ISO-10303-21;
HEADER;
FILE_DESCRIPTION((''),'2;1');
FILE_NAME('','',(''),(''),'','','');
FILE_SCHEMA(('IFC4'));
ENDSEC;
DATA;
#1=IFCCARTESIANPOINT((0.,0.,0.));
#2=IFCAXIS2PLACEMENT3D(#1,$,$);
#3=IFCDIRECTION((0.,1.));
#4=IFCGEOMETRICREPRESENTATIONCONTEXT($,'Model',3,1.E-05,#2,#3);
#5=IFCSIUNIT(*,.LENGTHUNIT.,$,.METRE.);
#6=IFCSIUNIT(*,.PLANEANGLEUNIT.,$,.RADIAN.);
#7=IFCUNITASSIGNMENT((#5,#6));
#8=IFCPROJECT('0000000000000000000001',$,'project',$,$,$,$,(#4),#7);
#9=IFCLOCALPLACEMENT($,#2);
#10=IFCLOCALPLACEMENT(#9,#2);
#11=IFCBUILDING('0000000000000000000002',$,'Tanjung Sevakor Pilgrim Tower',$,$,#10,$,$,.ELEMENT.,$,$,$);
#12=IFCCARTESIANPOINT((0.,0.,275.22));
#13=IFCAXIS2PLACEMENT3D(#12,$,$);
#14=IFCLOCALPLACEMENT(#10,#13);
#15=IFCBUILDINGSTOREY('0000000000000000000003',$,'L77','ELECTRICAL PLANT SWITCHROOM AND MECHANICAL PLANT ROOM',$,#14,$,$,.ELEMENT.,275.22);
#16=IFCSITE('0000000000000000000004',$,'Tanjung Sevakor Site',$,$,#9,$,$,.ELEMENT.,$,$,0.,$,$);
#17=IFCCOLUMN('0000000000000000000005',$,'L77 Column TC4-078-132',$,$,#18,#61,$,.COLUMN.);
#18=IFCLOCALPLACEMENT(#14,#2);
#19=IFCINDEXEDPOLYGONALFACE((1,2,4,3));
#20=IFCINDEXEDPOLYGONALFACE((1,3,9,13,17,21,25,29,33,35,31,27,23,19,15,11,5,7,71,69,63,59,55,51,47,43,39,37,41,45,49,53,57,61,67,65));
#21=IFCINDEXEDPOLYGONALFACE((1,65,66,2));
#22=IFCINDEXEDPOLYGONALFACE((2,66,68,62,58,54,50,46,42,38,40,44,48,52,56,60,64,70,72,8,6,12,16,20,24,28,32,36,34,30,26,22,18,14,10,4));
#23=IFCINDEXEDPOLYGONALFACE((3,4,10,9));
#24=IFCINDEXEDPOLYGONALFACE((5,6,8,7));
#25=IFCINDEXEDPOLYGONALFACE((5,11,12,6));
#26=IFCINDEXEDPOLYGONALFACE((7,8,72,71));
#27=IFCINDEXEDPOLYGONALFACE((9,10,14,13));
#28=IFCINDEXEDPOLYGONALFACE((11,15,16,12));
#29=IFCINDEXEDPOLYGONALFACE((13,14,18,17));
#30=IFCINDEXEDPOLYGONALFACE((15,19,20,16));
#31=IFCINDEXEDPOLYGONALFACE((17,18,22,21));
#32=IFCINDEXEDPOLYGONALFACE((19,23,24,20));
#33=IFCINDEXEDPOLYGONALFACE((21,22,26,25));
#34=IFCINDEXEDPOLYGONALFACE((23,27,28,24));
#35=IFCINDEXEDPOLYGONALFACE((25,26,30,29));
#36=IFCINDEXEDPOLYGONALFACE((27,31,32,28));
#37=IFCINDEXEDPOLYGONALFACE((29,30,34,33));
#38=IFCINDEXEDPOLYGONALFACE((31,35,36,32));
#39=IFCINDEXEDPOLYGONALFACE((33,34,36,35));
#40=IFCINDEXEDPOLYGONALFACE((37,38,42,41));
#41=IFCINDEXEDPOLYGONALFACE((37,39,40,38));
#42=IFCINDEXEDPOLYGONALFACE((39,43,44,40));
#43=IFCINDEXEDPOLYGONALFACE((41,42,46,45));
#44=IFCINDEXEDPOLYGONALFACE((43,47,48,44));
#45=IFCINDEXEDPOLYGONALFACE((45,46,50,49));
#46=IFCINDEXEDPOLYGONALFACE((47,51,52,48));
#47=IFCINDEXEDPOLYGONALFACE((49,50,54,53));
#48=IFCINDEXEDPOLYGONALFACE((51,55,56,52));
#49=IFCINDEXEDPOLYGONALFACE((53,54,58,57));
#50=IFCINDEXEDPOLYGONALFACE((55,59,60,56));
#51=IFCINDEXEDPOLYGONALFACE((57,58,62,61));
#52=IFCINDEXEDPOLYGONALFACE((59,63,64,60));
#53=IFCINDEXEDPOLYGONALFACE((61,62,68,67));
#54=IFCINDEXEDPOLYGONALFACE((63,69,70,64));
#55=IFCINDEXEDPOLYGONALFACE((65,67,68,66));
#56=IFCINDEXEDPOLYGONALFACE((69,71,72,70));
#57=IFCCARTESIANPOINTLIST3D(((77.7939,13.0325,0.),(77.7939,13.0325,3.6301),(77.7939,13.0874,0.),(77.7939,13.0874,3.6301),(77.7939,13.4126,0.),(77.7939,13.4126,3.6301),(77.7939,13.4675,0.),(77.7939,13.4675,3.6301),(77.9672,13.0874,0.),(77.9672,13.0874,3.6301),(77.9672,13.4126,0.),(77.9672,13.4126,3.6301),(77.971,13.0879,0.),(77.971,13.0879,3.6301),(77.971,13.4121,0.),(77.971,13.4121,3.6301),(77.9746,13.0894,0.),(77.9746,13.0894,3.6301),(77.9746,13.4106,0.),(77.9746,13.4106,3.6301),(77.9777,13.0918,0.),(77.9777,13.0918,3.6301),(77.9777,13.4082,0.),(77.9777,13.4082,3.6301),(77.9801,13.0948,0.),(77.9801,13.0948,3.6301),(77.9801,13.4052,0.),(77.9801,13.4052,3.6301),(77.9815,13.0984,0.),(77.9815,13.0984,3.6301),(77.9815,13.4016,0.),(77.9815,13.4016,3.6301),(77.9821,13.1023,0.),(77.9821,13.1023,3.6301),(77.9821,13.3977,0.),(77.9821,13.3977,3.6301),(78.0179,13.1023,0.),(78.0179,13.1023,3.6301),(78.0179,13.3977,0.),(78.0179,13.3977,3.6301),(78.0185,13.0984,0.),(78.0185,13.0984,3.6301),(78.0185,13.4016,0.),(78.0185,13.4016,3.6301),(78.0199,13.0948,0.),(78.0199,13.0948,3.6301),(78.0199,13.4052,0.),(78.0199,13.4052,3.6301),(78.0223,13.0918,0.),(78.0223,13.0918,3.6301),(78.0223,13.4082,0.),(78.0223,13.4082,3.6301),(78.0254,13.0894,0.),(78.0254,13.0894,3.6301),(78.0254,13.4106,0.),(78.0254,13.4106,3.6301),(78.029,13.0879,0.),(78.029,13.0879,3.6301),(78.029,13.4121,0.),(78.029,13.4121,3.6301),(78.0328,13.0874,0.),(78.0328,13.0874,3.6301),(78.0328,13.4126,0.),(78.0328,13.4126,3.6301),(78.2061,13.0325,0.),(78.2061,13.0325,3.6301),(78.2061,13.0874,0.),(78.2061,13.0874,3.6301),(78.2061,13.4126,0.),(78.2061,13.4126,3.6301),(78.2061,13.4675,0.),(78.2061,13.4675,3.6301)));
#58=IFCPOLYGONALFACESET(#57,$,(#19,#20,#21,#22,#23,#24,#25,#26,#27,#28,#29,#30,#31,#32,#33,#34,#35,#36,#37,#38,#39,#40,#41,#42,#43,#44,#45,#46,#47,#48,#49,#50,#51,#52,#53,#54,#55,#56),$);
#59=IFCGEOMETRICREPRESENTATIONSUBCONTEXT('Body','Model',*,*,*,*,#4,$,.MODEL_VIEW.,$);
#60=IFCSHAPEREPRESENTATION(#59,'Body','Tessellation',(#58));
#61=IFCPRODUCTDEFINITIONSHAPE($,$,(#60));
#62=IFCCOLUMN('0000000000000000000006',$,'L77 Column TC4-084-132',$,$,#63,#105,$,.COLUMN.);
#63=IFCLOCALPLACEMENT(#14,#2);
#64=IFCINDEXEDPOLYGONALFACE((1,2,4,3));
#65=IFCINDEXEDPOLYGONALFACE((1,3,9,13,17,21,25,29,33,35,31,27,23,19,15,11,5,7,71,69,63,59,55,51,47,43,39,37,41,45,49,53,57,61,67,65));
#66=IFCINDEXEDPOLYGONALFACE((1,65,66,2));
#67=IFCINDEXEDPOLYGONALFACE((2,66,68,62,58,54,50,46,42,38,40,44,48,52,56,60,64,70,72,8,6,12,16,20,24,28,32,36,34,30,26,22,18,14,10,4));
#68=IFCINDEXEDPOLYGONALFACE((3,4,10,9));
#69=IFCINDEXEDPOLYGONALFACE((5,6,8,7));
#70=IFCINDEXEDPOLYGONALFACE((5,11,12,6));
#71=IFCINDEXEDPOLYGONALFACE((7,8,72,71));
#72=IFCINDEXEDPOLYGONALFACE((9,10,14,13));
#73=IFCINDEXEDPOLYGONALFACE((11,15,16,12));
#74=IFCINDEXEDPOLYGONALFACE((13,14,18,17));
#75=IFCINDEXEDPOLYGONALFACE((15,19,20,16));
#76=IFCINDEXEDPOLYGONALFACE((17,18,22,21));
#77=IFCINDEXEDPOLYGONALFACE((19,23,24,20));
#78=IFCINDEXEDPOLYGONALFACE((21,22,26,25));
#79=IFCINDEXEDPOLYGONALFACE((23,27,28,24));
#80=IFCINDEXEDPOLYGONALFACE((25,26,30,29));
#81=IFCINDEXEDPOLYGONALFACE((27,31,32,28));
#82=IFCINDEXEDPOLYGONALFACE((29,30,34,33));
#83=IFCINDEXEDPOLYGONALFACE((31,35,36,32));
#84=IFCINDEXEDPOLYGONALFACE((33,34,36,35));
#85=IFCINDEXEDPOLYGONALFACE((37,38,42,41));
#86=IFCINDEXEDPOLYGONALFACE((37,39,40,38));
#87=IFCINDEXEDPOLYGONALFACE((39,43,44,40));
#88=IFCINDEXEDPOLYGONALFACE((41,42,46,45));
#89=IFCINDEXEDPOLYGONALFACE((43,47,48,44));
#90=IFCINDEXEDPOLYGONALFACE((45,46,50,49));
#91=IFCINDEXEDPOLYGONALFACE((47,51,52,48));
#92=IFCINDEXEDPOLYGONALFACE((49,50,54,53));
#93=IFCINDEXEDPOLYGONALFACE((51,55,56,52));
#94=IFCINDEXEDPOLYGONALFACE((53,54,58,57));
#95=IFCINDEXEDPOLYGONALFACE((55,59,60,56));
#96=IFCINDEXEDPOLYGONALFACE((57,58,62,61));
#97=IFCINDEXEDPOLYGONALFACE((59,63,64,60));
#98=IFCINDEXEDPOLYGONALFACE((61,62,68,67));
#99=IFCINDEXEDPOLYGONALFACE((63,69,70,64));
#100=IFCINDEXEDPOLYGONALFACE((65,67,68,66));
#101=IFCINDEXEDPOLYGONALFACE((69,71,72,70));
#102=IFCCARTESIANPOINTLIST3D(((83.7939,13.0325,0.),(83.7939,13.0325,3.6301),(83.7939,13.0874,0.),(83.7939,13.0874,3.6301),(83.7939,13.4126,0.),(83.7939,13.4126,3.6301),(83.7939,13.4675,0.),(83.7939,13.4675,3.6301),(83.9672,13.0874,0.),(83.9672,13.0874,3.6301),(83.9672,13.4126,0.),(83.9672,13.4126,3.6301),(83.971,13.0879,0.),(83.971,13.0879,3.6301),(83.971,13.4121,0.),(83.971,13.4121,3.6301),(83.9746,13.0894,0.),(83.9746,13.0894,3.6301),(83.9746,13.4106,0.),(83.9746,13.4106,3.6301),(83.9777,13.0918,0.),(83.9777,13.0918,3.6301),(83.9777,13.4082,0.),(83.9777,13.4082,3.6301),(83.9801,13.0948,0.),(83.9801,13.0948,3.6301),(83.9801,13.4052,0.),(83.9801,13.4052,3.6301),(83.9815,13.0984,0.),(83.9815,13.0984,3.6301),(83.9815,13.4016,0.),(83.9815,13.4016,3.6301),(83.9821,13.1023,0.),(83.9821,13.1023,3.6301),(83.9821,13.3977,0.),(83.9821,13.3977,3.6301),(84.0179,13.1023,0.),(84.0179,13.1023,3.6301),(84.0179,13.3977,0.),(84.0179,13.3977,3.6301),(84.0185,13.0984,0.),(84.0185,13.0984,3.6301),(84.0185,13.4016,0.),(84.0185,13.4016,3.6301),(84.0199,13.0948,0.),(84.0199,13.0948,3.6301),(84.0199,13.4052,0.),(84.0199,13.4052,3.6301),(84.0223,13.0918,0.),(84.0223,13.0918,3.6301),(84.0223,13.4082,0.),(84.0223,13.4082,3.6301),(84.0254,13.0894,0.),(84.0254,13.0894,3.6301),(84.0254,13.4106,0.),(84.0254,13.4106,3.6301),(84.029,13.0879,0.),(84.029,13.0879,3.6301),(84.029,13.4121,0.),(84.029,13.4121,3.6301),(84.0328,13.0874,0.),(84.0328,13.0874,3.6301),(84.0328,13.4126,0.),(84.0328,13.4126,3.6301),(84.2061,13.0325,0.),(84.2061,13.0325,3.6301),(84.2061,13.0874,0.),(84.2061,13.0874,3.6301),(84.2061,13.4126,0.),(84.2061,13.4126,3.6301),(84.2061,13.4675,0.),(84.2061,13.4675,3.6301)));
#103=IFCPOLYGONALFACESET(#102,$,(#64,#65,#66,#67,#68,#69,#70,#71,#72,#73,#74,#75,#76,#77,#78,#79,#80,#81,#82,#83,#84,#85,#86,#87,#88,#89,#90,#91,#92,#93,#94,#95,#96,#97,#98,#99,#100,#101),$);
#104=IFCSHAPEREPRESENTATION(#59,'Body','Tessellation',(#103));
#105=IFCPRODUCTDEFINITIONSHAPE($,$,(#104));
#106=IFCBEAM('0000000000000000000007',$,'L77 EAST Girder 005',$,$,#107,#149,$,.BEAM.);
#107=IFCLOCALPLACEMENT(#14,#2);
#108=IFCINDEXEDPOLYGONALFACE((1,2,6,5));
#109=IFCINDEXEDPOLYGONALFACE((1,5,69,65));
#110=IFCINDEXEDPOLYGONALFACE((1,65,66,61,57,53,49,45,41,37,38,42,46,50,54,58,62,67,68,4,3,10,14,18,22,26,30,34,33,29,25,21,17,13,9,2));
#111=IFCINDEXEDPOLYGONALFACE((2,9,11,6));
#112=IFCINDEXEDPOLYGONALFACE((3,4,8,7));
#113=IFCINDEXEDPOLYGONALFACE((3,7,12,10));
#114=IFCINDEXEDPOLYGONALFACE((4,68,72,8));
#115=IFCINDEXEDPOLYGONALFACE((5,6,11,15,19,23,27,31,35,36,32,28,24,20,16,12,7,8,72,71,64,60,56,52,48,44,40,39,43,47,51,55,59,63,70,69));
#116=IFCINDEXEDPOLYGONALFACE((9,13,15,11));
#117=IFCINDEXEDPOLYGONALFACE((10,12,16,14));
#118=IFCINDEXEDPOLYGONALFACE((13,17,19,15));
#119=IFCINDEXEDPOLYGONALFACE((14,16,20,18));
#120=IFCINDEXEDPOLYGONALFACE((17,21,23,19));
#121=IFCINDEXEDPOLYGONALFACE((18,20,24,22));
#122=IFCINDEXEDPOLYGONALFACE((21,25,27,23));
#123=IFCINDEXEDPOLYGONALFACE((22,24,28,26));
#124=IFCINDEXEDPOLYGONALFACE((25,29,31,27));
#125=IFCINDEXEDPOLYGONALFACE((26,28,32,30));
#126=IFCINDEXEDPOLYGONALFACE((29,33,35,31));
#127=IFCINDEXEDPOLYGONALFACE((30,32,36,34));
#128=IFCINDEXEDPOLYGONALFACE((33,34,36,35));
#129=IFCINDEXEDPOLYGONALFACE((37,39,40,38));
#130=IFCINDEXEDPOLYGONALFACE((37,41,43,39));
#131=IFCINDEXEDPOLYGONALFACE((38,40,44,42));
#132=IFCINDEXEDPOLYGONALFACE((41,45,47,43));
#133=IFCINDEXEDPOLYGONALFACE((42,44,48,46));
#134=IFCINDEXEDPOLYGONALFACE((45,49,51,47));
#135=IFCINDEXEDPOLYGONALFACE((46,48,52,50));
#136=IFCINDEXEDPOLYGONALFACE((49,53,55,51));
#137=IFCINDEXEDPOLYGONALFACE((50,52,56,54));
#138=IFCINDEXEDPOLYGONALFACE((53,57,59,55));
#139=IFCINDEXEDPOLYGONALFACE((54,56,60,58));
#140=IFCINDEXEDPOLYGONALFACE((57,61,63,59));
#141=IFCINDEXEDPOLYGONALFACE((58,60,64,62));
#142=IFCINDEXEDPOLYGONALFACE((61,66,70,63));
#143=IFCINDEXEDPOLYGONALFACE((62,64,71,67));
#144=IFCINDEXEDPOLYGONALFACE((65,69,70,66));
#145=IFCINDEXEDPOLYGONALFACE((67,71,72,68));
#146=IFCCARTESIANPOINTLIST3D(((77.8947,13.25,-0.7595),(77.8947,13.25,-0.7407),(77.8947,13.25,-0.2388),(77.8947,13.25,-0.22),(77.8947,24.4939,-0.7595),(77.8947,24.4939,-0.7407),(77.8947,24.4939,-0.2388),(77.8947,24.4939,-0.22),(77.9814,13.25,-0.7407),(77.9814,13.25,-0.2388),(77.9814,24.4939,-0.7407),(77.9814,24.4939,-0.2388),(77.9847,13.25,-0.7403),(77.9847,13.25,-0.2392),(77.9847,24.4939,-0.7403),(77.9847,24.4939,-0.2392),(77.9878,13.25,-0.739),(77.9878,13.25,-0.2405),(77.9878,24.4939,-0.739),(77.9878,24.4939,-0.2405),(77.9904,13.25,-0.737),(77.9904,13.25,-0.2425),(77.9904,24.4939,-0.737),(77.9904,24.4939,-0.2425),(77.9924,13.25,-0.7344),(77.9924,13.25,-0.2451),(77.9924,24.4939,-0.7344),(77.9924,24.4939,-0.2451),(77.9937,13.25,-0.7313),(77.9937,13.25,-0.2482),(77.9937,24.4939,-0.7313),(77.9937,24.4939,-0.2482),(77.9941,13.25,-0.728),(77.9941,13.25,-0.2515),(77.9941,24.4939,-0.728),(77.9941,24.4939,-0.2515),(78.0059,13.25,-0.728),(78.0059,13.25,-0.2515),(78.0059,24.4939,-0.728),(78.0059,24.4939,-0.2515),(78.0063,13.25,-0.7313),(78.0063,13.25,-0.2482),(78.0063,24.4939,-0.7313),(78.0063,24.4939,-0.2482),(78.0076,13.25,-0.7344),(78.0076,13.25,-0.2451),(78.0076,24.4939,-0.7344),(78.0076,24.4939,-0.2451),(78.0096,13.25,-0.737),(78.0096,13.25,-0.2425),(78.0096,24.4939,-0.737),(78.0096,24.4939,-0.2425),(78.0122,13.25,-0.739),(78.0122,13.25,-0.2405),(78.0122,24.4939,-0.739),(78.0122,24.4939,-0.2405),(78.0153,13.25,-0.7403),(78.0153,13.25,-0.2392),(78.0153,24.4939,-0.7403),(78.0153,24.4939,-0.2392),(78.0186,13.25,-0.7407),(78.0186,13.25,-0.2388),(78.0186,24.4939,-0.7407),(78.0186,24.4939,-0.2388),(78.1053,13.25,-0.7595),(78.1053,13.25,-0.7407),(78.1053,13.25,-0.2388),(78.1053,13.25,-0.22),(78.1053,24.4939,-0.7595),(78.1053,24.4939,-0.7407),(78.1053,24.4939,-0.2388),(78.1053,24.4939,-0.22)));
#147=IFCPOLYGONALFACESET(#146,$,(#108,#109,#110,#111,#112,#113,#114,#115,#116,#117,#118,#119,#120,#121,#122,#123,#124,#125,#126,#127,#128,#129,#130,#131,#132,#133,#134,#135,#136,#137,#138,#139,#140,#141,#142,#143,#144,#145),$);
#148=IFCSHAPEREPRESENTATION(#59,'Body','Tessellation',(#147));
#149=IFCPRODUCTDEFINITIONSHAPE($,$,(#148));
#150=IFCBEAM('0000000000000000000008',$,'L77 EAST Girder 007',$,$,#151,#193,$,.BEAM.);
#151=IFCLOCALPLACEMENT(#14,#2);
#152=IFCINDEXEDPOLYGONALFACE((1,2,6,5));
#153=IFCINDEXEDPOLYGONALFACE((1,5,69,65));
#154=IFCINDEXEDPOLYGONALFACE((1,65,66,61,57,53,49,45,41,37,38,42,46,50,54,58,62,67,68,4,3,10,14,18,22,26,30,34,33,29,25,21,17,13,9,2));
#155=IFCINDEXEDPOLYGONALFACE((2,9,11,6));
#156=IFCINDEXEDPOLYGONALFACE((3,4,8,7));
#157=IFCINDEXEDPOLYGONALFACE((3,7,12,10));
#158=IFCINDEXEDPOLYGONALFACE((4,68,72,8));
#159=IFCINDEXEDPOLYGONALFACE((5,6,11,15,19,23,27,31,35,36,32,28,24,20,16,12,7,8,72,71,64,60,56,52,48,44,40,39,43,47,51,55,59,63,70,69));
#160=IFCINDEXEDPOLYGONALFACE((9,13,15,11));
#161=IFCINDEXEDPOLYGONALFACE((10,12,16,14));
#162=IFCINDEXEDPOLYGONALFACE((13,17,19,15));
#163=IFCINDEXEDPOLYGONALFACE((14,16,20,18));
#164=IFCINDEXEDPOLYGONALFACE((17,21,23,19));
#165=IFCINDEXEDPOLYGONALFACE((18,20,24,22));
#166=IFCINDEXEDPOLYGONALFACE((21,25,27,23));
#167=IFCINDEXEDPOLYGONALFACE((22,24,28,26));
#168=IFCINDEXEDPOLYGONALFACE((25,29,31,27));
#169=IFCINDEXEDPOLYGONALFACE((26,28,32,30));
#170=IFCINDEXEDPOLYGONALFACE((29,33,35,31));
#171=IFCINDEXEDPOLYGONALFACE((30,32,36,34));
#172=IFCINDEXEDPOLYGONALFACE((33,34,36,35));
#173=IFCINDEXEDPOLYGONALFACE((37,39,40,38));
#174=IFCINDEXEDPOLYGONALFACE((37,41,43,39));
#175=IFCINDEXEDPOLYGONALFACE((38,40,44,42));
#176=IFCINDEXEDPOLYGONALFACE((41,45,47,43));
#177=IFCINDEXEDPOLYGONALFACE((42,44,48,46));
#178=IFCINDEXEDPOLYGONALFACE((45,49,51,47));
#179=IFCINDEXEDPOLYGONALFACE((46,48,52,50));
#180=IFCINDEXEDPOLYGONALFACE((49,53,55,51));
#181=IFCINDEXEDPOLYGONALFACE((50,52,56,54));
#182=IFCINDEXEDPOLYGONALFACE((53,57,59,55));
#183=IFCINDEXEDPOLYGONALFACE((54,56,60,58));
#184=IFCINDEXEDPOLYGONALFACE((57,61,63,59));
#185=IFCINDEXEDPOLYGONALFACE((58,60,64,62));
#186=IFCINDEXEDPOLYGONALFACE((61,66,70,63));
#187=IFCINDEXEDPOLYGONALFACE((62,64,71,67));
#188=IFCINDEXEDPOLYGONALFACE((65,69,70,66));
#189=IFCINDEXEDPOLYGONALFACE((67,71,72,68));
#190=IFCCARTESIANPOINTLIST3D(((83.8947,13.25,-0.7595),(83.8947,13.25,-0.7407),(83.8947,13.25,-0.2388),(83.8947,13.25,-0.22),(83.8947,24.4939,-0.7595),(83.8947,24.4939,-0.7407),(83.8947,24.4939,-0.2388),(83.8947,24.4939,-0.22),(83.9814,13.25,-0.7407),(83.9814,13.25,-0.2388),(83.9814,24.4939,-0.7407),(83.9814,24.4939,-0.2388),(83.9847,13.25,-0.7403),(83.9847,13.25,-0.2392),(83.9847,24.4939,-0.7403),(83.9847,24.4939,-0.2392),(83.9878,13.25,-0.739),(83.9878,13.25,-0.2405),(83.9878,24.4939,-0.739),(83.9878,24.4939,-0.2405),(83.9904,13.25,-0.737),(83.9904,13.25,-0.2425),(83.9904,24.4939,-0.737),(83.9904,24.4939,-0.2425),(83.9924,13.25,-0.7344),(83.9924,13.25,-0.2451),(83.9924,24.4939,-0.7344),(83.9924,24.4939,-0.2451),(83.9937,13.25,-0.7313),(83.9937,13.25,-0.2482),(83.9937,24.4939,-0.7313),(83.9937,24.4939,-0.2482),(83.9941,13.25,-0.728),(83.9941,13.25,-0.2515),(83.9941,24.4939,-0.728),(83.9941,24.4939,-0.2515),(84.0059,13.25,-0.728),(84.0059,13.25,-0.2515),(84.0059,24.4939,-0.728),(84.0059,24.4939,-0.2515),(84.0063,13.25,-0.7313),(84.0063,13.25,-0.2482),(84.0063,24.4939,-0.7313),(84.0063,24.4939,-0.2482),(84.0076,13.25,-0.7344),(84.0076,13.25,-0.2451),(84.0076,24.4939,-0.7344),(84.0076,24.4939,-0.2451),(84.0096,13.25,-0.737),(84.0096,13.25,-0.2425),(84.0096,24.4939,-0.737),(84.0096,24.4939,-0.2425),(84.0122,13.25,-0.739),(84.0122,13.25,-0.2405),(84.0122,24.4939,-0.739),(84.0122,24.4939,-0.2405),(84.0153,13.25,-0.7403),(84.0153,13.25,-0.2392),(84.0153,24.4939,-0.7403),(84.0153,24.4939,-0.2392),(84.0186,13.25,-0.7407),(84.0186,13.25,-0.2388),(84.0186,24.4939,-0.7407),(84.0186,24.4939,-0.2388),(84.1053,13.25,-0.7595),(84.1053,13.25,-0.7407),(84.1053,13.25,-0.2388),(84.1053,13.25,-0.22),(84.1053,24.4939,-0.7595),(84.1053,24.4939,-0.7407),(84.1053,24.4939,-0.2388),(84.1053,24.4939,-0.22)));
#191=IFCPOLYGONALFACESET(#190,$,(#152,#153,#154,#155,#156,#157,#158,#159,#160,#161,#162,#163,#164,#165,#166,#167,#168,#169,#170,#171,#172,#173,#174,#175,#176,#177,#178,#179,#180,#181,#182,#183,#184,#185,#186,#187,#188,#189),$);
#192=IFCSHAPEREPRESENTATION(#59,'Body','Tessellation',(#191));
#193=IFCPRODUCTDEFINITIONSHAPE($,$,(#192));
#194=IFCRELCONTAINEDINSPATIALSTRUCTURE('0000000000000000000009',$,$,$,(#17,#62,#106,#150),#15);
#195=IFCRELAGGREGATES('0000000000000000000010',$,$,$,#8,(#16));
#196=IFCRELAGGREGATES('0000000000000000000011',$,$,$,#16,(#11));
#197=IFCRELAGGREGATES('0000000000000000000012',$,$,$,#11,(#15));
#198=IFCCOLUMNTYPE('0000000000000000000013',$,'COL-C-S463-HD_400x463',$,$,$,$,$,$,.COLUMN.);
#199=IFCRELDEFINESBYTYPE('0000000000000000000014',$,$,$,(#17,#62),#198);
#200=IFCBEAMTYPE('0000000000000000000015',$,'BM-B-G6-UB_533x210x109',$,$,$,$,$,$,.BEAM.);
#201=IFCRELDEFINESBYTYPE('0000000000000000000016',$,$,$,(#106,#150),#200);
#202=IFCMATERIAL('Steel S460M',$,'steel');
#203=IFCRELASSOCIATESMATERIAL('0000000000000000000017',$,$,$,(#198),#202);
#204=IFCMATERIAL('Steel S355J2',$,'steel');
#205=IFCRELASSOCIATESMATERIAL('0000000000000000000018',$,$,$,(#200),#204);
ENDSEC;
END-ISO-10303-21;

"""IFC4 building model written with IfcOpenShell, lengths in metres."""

from ifc_helpers import new_model, si_unit, direction, frame, origin, origin_2d, place, context, subcontext, project, spatial, i_section, extrude, material, material_profile, profile_set, type_object, element, save


model = new_model("IFC4")

# Units and contexts
model_context = context("Model", 3, precision=1e-05, world=origin(), true_north=direction((0.0, 1.0)))
body_context = subcontext(model_context, "Body", "Model", "MODEL_VIEW")
ifc_project = project(units=[si_unit("LENGTHUNIT", "METRE"), si_unit("PLANEANGLEUNIT", "RADIAN")], contexts=[model_context])

# Site, building, storey
site_placement = place(None, origin())
site = spatial("IfcSite", under=ifc_project, at=site_placement, Name="Tanjung Sevakor Site", CompositionType="ELEMENT", RefElevation=0.0)
building_placement = place(site_placement, origin())
building = spatial("IfcBuilding", under=site, at=building_placement, Name="Tanjung Sevakor Pilgrim Tower", CompositionType="ELEMENT")
storey_placement = place(building_placement, frame((0.0, 0.0, 275.22)))
storey = spatial("IfcBuildingStorey", under=building, at=storey_placement, Name="L77", Description="ELECTRICAL PLANT SWITCHROOM AND MECHANICAL PLANT ROOM", CompositionType="ELEMENT", Elevation=275.22)

# Columns
ifc_material_1 = material(Name="Steel S460M", Category="steel")
ifc_material_profile_1 = material_profile(ifc_material_1, i_section(OverallWidth=0.4121, OverallDepth=0.4351, WebThickness=0.0359, FlangeThickness=0.0549, FilletRadius=0.0149, at=origin_2d()))
ifc_profile_set_1 = profile_set([ifc_material_profile_1], Name="Steel S460M")
column_type = type_object("IfcColumnType", Name="COL-C-S463-HD_400x463", PredefinedType="COLUMN", material=ifc_profile_set_1)
for number, where, z_axis, x_axis, name in (
    (1, (78.0, 13.25, 0.0), (0.0, 0.0, 1.0), (1.0, 0.0, 0.0), "L77 Column TC4-078-132"),
    (2, (84.0, 13.25, 0.0), (0.0, 0.0, 1.0), (1.0, 0.0, 0.0), "L77 Column TC4-084-132"),
):
    element("IfcColumn", number, at=place(storey_placement, frame(where, z_axis=z_axis, x_axis=x_axis)), inside=storey, type_object=column_type, Name=name, PredefinedType="COLUMN", context=body_context, shape_type="SweptSolid", body=[
        extrude(i_section(OverallWidth=0.4121, OverallDepth=0.4351, WebThickness=0.0359, FlangeThickness=0.0549, FilletRadius=0.0149, at=origin_2d()), origin(), (0.0, 0.0, 1.0), 3.6301),
    ])

# Beams
ifc_material_2 = material(Name="Steel S355J2", Category="steel")
ifc_material_profile_2 = material_profile(ifc_material_2, i_section(OverallWidth=0.2107, OverallDepth=0.5396, WebThickness=0.0117, FlangeThickness=0.0188, FilletRadius=0.0127, at=origin_2d()))
ifc_profile_set_2 = profile_set([ifc_material_profile_2], Name="Steel S355J2")
beam_type_1 = type_object("IfcBeamType", Name="BM-B-G6-UB_533x210x109", PredefinedType="BEAM", material=ifc_profile_set_2)
for number, where, z_axis, x_axis, name in (
    (3, (78.0, 13.25, -0.4897), (0.0, 1.0, 0.0), (-1.0, 0.0, 0.0), "L77 EAST Girder 005"),
    (4, (84.0, 13.25, -0.4897), (0.0, 1.0, 0.0), (-1.0, 0.0, 0.0), "L77 EAST Girder 007"),
):
    element("IfcBeam", number, at=place(storey_placement, frame(where, z_axis=z_axis, x_axis=x_axis)), inside=storey, type_object=beam_type_1, Name=name, PredefinedType="BEAM", context=body_context, shape_type="SweptSolid", body=[
        extrude(i_section(OverallWidth=0.2107, OverallDepth=0.5396, WebThickness=0.0117, FlangeThickness=0.0188, FilletRadius=0.0127, at=origin_2d()), origin(), (0.0, 0.0, 1.0), 11.2439),
    ])

save(model, "model.ifc")
